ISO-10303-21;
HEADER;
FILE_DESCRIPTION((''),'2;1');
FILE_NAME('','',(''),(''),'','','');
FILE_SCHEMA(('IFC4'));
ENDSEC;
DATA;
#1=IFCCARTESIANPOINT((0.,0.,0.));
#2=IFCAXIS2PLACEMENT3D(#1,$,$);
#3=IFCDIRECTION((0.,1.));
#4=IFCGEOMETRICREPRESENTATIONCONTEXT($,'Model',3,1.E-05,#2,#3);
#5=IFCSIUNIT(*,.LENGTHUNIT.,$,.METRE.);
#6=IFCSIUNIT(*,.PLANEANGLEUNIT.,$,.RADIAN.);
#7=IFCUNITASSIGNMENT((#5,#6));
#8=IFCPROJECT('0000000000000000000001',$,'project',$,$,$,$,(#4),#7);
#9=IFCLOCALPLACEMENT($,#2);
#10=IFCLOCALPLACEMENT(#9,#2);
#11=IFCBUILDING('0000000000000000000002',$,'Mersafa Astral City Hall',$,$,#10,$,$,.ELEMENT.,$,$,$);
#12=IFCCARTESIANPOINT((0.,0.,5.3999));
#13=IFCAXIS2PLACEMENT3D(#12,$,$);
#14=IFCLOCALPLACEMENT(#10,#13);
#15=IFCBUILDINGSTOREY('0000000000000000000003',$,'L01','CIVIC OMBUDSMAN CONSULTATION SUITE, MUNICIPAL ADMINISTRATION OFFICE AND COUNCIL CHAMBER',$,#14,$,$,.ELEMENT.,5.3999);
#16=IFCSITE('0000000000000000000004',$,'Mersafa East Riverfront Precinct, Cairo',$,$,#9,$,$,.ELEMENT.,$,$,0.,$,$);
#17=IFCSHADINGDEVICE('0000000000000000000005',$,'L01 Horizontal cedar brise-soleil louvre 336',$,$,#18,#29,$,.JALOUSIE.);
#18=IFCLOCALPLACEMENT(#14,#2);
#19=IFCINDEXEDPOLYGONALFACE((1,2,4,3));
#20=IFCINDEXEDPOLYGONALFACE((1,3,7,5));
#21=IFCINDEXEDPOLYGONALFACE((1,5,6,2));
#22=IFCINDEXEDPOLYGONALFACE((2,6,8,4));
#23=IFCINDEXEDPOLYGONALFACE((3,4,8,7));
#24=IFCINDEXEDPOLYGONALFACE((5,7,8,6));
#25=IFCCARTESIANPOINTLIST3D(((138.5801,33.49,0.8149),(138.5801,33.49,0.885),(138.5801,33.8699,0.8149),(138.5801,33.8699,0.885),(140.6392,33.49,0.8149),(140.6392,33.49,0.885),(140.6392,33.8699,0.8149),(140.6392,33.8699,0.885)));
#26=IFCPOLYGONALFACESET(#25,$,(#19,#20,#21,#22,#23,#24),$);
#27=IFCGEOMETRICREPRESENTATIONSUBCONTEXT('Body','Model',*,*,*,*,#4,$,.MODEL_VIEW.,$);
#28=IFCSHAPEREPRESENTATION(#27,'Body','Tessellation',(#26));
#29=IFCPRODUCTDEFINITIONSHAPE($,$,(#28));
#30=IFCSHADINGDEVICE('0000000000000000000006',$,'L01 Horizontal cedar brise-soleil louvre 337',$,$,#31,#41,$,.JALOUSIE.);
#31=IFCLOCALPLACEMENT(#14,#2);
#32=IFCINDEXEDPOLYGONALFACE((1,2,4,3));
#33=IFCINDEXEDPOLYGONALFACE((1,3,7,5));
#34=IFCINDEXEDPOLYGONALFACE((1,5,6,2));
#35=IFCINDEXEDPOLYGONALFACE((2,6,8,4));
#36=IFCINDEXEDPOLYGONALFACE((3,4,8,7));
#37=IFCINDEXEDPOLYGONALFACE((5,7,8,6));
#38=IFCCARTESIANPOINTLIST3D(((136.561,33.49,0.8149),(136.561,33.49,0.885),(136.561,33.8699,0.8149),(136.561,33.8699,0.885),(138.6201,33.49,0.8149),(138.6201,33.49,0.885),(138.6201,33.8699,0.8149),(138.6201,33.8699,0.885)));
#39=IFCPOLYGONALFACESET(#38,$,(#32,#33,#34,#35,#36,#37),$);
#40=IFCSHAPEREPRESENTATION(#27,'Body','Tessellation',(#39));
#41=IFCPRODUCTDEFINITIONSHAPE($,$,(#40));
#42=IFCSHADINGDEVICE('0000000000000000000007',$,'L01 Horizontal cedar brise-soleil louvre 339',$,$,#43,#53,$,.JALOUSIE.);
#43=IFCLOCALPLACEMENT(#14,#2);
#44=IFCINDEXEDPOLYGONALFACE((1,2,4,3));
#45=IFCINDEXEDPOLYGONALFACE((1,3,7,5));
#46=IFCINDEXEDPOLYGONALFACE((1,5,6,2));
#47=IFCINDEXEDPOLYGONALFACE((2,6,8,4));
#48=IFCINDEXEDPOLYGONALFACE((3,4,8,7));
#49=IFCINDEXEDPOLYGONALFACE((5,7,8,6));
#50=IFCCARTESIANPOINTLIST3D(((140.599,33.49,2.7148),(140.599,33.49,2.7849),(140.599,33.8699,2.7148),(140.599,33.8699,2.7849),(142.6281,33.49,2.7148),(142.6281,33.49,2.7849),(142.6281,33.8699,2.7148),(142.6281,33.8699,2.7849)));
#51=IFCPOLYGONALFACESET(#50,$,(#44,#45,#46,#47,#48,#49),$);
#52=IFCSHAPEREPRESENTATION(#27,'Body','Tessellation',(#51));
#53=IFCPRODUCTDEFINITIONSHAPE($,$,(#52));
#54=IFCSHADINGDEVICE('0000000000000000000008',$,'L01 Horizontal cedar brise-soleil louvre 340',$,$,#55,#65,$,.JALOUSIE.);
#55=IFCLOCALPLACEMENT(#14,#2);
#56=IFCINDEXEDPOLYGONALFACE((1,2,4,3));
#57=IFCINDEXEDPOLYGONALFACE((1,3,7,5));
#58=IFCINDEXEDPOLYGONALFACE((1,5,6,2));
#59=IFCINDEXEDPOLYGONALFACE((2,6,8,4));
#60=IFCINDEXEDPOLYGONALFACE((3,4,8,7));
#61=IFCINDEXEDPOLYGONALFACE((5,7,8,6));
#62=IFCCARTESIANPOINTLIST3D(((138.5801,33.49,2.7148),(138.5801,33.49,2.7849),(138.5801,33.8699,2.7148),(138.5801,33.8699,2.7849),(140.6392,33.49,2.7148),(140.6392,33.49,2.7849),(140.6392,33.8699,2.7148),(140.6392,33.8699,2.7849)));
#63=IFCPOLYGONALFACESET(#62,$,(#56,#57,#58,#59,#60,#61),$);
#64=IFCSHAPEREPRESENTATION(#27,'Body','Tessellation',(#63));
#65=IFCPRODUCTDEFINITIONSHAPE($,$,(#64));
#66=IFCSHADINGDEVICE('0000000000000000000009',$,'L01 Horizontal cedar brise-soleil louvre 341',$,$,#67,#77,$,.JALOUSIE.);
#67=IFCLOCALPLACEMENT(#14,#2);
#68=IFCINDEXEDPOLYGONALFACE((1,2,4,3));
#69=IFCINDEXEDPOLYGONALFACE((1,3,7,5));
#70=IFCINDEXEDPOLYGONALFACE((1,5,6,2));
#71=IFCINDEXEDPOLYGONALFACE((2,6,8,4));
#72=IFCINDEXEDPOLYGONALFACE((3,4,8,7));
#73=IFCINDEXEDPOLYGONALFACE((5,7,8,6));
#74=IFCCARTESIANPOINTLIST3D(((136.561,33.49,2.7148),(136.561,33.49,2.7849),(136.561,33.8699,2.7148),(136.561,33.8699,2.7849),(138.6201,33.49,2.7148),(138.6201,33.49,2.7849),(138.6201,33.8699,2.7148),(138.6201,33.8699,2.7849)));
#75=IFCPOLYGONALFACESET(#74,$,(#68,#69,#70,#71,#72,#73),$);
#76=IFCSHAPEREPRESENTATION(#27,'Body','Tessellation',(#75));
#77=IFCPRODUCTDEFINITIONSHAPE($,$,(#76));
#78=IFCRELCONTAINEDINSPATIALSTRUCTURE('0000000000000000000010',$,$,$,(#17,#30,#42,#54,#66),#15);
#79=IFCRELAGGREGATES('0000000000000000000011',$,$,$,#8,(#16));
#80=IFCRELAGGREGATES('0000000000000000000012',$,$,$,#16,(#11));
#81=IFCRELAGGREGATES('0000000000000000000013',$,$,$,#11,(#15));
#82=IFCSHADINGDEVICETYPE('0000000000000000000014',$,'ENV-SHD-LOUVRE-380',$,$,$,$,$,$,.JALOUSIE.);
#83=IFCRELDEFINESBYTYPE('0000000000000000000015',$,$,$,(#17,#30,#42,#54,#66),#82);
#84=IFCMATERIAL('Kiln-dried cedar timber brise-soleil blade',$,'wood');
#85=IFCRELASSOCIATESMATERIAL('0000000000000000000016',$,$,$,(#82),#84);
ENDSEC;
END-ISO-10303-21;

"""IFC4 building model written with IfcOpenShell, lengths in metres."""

from ifc_helpers import new_model, si_unit, direction, frame, origin, origin_2d, place, context, subcontext, project, spatial, rectangle, extrude, material, type_object, element, save


model = new_model("IFC4")

# Units and contexts
model_context = context("Model", 3, precision=1e-05, world=origin(), true_north=direction((0.0, 1.0)))
body_context = subcontext(model_context, "Body", "Model", "MODEL_VIEW")
ifc_project = project(units=[si_unit("LENGTHUNIT", "METRE"), si_unit("PLANEANGLEUNIT", "RADIAN")], contexts=[model_context])

# Site, building, storey
site_placement = place(None, origin())
site = spatial("IfcSite", under=ifc_project, at=site_placement, Name="Mersafa East Riverfront Precinct, Cairo", CompositionType="ELEMENT", RefElevation=0.0)
building_placement = place(site_placement, origin())
building = spatial("IfcBuilding", under=site, at=building_placement, Name="Mersafa Astral City Hall", CompositionType="ELEMENT")
storey_placement = place(building_placement, frame((0.0, 0.0, 5.3999)))
storey = spatial("IfcBuildingStorey", under=building, at=storey_placement, Name="L01", Description="CIVIC OMBUDSMAN CONSULTATION SUITE, MUNICIPAL ADMINISTRATION OFFICE AND COUNCIL CHAMBER", CompositionType="ELEMENT", Elevation=5.3999)

# Shading devices
ifc_material_1 = material(Name="Kiln-dried cedar timber brise-soleil blade", Category="wood")
shading_device_type = type_object("IfcShadingDeviceType", Name="ENV-SHD-LOUVRE-380", PredefinedType="JALOUSIE", material=ifc_material_1)
for number, where, z_axis, x_axis, name in (
    (1, (139.6096, 33.6799, 0.8149), (0.0, 0.0, 1.0), (-1.0, 0.0, 0.0), "L01 Horizontal cedar brise-soleil louvre 336"),
    (2, (137.5906, 33.6799, 0.8149), (0.0, 0.0, 1.0), (-1.0, 0.0, 0.0), "L01 Horizontal cedar brise-soleil louvre 337"),
):
    element("IfcShadingDevice", number, at=place(storey_placement, frame(where, z_axis=z_axis, x_axis=x_axis)), inside=storey, type_object=shading_device_type, Name=name, PredefinedType="JALOUSIE", context=body_context, shape_type="SweptSolid", body=[
        extrude(rectangle(XDim=2.0591, YDim=0.3799, at=origin_2d()), origin(), (0.0, 0.0, 1.0), 0.0701),
    ])
shading_device_1_placement = place(storey_placement, frame((141.6135, 33.6799, 2.7148), z_axis=(0.0, 0.0, 1.0), x_axis=(-1.0, 0.0, 0.0)))
element("IfcShadingDevice", 3, at=shading_device_1_placement, inside=storey, type_object=shading_device_type, Name="L01 Horizontal cedar brise-soleil louvre 339", PredefinedType="JALOUSIE", context=body_context, shape_type="SweptSolid", body=[
    extrude(rectangle(XDim=2.0291, YDim=0.3799, at=origin_2d()), origin(), (0.0, 0.0, 1.0), 0.0701),
])
for number, where, z_axis, x_axis, name in (
    (4, (139.6096, 33.6799, 2.7148), (0.0, 0.0, 1.0), (-1.0, 0.0, 0.0), "L01 Horizontal cedar brise-soleil louvre 340"),
    (5, (137.5906, 33.6799, 2.7148), (0.0, 0.0, 1.0), (-1.0, 0.0, 0.0), "L01 Horizontal cedar brise-soleil louvre 341"),
):
    element("IfcShadingDevice", number, at=place(storey_placement, frame(where, z_axis=z_axis, x_axis=x_axis)), inside=storey, type_object=shading_device_type, Name=name, PredefinedType="JALOUSIE", context=body_context, shape_type="SweptSolid", body=[
        extrude(rectangle(XDim=2.0591, YDim=0.3799, at=origin_2d()), origin(), (0.0, 0.0, 1.0), 0.0701),
    ])

save(model, "model.ifc")
